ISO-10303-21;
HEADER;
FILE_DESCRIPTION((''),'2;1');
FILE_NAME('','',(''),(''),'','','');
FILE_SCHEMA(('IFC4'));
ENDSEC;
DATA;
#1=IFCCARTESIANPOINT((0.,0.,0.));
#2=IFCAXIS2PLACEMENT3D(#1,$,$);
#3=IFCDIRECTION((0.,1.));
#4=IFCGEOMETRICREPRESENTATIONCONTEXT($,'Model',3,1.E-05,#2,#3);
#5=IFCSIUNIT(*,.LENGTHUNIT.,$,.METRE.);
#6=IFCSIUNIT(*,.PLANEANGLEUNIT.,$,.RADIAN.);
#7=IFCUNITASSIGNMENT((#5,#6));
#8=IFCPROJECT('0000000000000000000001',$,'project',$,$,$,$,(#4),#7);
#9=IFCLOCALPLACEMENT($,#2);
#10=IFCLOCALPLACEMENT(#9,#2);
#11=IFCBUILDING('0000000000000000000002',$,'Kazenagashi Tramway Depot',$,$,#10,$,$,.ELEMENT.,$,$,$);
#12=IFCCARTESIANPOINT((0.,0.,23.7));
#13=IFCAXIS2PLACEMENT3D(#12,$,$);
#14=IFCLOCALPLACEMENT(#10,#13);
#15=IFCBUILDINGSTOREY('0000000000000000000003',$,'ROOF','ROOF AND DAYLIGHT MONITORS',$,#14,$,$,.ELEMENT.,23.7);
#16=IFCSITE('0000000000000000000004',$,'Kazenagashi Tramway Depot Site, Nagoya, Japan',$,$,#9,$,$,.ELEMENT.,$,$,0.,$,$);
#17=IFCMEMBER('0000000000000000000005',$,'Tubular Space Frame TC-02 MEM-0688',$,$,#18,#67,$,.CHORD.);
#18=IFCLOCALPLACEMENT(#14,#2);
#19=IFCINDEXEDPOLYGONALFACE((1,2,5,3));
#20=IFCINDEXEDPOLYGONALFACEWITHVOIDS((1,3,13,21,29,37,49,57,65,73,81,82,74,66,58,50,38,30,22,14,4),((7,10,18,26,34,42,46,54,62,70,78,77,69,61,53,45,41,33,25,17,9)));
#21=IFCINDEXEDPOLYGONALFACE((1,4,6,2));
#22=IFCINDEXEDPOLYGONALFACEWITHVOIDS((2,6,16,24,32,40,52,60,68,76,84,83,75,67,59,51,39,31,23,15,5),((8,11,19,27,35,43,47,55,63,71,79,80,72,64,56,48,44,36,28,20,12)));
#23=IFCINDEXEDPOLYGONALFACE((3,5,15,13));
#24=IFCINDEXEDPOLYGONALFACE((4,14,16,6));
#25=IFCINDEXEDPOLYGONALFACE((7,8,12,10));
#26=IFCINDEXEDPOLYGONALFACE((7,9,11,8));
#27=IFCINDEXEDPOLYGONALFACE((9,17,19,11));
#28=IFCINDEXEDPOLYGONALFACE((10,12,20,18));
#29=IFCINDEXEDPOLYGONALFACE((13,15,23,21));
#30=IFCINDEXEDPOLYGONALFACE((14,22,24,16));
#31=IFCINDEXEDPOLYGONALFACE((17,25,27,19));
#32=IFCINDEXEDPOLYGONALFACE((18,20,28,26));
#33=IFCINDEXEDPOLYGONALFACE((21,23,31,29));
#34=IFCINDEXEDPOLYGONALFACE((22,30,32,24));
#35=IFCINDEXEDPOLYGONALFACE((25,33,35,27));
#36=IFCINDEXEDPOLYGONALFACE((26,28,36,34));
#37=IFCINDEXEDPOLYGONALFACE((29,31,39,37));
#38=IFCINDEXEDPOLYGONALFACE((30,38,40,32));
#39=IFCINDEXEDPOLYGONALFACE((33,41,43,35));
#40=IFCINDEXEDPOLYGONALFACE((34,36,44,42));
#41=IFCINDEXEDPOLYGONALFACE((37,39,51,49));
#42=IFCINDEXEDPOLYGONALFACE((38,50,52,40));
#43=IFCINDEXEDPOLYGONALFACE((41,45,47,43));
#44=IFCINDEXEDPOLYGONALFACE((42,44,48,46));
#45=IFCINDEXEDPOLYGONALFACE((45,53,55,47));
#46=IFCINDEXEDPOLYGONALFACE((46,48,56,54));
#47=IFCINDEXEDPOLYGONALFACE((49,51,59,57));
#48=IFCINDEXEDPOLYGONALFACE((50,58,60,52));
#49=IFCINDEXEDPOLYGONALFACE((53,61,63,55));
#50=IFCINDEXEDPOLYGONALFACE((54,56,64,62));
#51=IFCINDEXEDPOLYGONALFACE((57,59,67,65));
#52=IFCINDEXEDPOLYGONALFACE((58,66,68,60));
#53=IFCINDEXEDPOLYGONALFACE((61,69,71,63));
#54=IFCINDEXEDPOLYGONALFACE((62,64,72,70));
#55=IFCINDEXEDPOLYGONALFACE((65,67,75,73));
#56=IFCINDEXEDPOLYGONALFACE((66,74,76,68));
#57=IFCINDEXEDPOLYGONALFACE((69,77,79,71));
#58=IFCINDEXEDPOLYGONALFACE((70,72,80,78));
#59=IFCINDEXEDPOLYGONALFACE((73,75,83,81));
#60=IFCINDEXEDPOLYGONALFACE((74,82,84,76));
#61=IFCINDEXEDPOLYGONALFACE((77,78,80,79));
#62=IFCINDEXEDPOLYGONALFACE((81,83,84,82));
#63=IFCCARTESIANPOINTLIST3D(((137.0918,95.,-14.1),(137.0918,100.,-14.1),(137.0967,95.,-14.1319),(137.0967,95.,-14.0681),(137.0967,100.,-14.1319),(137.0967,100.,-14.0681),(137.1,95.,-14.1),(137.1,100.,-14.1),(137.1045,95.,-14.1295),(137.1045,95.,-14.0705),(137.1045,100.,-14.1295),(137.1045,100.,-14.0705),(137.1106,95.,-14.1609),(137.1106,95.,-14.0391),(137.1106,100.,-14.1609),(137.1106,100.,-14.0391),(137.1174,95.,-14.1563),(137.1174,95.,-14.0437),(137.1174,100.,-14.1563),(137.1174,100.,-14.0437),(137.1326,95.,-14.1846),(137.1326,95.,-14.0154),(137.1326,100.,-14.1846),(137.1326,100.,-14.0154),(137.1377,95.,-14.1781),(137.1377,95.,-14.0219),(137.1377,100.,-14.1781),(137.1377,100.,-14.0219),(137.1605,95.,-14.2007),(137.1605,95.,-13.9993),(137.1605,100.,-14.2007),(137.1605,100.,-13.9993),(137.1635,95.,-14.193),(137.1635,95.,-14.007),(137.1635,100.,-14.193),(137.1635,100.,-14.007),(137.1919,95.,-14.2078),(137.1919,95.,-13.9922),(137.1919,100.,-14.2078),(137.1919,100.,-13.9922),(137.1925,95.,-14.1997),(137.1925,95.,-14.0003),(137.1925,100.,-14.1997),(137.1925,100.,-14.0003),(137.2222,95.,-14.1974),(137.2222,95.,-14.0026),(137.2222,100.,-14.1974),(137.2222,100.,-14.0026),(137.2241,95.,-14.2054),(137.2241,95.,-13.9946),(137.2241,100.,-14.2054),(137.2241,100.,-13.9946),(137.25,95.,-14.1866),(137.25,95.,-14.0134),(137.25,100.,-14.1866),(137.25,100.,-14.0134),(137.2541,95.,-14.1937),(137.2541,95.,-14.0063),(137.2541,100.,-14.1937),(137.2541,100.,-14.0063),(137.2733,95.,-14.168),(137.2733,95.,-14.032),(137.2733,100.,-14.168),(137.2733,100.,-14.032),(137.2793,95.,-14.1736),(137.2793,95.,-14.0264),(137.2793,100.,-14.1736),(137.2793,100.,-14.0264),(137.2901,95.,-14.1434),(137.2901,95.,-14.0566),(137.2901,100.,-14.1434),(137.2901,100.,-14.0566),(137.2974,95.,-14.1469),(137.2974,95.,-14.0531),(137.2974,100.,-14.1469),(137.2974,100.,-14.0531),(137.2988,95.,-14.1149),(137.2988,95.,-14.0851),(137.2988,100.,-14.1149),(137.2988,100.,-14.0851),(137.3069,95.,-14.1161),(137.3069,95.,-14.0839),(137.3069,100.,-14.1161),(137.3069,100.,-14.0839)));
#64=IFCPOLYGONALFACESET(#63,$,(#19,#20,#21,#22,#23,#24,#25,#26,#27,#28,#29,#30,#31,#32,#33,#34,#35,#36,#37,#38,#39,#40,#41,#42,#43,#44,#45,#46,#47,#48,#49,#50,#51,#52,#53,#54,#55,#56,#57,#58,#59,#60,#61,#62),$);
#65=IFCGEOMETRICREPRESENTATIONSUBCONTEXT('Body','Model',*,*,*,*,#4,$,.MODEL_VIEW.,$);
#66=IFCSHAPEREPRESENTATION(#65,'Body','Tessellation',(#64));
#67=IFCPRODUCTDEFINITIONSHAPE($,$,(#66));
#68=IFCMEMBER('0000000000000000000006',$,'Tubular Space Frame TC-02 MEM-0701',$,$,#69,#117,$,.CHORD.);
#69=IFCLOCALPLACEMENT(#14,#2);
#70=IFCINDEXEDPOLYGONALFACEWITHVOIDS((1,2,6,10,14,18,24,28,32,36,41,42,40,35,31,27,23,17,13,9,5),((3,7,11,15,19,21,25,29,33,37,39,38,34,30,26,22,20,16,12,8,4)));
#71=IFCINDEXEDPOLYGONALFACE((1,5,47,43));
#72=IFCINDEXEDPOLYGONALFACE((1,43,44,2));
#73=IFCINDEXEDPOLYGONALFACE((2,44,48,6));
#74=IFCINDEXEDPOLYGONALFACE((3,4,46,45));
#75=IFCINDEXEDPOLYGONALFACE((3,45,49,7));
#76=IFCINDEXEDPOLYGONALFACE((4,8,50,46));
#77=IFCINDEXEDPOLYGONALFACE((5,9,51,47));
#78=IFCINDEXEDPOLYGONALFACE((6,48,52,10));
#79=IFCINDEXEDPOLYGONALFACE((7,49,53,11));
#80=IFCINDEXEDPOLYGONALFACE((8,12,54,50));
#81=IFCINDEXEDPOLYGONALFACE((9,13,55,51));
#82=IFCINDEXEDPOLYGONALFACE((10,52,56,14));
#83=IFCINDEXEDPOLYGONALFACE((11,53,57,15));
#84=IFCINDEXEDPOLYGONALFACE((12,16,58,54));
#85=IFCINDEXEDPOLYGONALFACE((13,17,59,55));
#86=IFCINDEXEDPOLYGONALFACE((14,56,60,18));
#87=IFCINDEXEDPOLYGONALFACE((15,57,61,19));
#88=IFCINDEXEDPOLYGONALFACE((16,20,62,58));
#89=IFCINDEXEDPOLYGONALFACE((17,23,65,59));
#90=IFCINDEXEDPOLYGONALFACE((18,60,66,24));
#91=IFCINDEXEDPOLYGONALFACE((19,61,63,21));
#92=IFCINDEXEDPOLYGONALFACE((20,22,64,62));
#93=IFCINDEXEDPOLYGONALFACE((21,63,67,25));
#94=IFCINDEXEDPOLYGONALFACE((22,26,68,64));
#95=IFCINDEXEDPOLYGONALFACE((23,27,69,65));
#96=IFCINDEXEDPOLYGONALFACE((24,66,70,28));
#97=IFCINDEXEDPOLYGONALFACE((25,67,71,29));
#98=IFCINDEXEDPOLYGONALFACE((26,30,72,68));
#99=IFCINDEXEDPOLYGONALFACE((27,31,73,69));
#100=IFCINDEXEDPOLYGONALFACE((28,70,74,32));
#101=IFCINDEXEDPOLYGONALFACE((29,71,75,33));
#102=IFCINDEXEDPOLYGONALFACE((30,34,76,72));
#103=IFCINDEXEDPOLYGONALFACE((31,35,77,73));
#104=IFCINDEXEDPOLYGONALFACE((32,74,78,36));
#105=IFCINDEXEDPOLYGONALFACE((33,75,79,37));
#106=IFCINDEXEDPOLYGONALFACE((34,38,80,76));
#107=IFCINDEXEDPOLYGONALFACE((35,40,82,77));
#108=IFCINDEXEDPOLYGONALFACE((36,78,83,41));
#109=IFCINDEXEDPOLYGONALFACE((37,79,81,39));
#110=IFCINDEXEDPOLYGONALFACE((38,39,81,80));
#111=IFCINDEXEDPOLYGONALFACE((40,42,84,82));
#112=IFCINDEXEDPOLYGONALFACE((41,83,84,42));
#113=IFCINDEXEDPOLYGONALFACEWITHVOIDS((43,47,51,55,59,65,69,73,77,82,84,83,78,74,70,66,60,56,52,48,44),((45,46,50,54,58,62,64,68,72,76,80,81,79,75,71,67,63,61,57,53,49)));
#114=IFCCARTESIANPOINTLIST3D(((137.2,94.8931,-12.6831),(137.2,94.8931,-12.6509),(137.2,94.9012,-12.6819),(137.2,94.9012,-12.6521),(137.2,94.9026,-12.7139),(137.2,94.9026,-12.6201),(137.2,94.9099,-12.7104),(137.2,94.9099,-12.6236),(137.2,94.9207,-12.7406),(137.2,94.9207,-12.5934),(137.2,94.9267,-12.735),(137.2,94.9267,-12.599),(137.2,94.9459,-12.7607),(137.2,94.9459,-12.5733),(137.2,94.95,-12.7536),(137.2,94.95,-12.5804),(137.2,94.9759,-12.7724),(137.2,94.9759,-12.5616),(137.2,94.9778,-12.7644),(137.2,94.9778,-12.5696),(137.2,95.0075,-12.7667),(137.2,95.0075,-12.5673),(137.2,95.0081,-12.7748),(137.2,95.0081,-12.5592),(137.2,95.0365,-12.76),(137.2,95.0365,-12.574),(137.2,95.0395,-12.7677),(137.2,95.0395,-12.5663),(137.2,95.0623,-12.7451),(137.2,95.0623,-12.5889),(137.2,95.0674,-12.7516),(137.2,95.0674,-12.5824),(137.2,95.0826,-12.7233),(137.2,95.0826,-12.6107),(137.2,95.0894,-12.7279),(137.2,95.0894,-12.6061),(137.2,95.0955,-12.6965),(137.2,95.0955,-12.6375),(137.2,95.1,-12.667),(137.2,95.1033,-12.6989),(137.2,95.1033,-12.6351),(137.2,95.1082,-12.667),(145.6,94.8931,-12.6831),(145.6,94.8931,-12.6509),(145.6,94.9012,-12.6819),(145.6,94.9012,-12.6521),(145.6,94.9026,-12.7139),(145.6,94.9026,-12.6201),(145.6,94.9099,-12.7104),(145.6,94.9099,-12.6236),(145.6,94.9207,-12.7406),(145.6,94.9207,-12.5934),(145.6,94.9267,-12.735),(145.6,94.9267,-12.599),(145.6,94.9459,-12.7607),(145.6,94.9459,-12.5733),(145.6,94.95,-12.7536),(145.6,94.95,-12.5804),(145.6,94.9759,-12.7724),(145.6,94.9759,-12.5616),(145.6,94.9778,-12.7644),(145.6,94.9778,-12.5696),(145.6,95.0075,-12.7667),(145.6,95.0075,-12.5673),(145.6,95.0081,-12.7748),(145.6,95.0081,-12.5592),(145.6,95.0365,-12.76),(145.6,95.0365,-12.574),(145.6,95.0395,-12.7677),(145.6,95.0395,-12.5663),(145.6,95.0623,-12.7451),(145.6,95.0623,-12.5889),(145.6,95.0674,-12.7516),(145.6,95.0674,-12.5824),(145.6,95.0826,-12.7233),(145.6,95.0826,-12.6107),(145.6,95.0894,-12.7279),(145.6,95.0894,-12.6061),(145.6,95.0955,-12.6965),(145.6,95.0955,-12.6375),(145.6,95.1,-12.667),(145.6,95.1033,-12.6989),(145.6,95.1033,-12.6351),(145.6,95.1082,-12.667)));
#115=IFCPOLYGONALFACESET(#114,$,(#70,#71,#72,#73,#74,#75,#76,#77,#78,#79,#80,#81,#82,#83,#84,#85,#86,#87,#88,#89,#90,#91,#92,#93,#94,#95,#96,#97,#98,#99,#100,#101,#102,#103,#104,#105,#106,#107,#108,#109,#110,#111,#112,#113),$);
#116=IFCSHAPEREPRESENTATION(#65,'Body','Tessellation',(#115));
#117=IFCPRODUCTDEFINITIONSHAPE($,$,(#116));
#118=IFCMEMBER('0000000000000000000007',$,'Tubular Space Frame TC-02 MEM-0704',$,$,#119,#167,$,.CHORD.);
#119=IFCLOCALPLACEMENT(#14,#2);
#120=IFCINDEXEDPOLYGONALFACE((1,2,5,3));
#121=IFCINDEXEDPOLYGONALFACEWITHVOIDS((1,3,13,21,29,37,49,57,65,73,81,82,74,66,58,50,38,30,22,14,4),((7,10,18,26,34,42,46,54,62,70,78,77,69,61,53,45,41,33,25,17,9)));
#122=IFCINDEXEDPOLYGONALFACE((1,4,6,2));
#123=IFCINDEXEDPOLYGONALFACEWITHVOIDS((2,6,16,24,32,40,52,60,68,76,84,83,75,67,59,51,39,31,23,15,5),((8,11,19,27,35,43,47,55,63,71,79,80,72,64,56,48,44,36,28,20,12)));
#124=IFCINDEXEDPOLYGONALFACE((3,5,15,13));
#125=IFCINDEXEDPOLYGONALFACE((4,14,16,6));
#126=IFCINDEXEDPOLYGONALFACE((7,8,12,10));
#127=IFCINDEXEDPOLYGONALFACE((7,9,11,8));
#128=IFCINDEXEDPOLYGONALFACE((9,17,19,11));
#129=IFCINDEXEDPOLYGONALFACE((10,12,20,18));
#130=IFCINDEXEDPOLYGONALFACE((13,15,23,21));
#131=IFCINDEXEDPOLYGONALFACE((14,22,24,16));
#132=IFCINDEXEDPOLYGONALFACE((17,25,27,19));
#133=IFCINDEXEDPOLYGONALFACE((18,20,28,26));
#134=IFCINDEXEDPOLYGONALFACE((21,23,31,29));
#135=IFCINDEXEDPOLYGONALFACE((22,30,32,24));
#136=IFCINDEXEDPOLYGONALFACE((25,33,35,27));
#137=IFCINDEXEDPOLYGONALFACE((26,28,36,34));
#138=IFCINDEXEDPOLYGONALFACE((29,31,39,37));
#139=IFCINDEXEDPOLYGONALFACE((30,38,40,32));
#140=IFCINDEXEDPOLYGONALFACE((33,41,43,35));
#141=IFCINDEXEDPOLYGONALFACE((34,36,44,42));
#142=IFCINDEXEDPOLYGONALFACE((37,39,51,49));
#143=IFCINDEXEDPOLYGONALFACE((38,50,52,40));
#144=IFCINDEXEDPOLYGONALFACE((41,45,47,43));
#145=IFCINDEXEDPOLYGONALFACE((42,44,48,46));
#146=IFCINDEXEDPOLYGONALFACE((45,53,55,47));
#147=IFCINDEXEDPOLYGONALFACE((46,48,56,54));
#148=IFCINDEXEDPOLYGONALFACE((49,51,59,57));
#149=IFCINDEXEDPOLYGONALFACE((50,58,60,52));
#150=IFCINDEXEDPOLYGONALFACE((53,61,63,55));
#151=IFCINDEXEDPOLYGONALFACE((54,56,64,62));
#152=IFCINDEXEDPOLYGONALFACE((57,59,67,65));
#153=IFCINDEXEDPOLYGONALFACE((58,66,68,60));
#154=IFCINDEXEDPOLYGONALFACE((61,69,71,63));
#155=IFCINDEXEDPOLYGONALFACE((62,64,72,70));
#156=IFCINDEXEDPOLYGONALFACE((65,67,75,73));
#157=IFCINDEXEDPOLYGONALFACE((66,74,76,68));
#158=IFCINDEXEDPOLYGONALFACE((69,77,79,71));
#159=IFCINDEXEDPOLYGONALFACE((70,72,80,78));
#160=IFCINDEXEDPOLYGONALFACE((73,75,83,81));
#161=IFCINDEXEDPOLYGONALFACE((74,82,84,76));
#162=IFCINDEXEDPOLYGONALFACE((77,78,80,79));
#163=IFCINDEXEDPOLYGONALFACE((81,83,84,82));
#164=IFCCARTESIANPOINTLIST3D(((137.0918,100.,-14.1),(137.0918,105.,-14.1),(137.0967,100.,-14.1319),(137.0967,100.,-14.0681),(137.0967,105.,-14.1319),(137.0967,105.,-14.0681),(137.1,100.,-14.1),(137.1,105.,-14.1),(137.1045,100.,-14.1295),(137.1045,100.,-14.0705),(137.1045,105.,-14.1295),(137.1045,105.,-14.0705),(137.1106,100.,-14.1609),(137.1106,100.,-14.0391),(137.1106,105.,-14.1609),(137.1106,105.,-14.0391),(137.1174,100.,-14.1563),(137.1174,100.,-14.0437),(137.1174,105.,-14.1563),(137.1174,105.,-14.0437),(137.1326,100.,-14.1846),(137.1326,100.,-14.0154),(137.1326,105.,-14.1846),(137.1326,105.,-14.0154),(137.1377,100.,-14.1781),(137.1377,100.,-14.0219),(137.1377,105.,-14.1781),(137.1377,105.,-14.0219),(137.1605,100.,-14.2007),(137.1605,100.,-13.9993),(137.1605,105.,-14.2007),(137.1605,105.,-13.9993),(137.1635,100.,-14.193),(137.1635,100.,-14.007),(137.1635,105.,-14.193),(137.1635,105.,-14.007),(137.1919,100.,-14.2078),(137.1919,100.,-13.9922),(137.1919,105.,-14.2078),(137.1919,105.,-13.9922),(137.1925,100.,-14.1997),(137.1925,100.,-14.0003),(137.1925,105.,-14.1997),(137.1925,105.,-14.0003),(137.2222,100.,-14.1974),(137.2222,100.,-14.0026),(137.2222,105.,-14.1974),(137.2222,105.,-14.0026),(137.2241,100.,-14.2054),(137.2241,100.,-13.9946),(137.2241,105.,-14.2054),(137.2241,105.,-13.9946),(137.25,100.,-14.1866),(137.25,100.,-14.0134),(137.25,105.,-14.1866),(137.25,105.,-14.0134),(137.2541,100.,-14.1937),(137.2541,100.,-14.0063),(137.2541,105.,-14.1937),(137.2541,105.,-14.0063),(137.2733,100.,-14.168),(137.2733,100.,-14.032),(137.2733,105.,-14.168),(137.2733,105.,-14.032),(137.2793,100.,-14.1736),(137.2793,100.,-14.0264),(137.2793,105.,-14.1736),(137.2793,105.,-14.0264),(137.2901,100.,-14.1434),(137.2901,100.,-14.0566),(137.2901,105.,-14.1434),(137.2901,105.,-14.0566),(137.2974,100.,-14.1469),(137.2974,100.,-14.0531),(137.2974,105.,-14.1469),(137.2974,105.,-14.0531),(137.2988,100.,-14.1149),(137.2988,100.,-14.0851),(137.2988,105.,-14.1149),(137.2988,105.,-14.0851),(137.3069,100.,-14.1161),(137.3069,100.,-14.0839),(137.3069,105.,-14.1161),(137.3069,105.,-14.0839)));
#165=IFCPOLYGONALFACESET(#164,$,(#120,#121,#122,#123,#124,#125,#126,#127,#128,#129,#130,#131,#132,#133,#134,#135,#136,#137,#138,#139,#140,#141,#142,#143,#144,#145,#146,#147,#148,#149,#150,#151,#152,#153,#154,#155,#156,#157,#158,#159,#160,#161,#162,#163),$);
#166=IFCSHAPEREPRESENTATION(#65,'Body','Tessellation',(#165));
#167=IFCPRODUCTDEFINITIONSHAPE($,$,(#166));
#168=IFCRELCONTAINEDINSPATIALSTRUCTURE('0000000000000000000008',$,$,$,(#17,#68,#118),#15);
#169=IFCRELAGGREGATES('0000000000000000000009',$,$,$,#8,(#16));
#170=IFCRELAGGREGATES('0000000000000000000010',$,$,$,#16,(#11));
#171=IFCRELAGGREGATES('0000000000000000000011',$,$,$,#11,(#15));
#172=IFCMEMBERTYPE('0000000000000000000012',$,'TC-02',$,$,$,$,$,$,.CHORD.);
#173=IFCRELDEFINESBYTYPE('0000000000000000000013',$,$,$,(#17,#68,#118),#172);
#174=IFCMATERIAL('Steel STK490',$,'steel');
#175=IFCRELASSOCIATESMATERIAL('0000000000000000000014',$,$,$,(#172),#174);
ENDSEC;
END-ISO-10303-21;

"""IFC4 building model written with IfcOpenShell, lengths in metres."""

from ifc_helpers import new_model, si_unit, direction, frame, origin, origin_2d, place, context, subcontext, project, spatial, hollow_circle, extrude, material, material_profile, profile_set, type_object, element, save


model = new_model("IFC4")

# Units and contexts
model_context = context("Model", 3, precision=1e-05, world=origin(), true_north=direction((0.0, 1.0)))
body_context = subcontext(model_context, "Body", "Model", "MODEL_VIEW")
ifc_project = project(units=[si_unit("LENGTHUNIT", "METRE"), si_unit("PLANEANGLEUNIT", "RADIAN")], contexts=[model_context])

# Site, building, storey
site_placement = place(None, origin())
site = spatial("IfcSite", under=ifc_project, at=site_placement, Name="Kazenagashi Tramway Depot Site, Nagoya, Japan", CompositionType="ELEMENT", RefElevation=0.0)
building_placement = place(site_placement, origin())
building = spatial("IfcBuilding", under=site, at=building_placement, Name="Kazenagashi Tramway Depot", CompositionType="ELEMENT")
storey_placement = place(building_placement, frame((0.0, 0.0, 23.7)))
storey = spatial("IfcBuildingStorey", under=building, at=storey_placement, Name="ROOF", Description="ROOF AND DAYLIGHT MONITORS", CompositionType="ELEMENT", Elevation=23.7)

# Members
ifc_material_1 = material(Name="Steel STK490", Category="steel")
ifc_material_profile_1 = material_profile(ifc_material_1, hollow_circle(Radius=0.1081, WallThickness=0.0082, at=origin_2d()), Name="CHS-216.3x8.2")
ifc_profile_set_1 = profile_set([ifc_material_profile_1], Name="Steel STK490")
member_type_1 = type_object("IfcMemberType", Name="TC-02", PredefinedType="CHORD", material=ifc_profile_set_1)
for number, where, z_axis, x_axis, name in (
    (1, (137.2, 95.0, -14.1), (0.0, 1.0, 0.0), (-1.0, 0.0, 0.0), "Tubular Space Frame TC-02 MEM-0688"),
):
    element("IfcMember", number, at=place(storey_placement, frame(where, z_axis=z_axis, x_axis=x_axis)), inside=storey, type_object=member_type_1, Name=name, PredefinedType="CHORD", context=body_context, shape_type="SweptSolid", body=[
        extrude(hollow_circle(Radius=0.1081, WallThickness=0.0082, at=origin_2d()), origin(), (0.0, 0.0, 1.0), 5.0),
    ])
member_1_placement = place(storey_placement, frame((137.2, 95.0, -12.667), z_axis=(1.0, 0.0, 0.0), x_axis=(0.0, 1.0, 0.0)))
element("IfcMember", 2, at=member_1_placement, inside=storey, type_object=member_type_1, Name="Tubular Space Frame TC-02 MEM-0701", PredefinedType="CHORD", context=body_context, shape_type="SweptSolid", body=[
    extrude(hollow_circle(Radius=0.1081, WallThickness=0.0082, at=origin_2d()), origin(), (0.0, 0.0, 1.0), 8.4),
])
for number, where, z_axis, x_axis, name in (
    (3, (137.2, 100.0, -14.1), (0.0, 1.0, 0.0), (-1.0, 0.0, 0.0), "Tubular Space Frame TC-02 MEM-0704"),
):
    element("IfcMember", number, at=place(storey_placement, frame(where, z_axis=z_axis, x_axis=x_axis)), inside=storey, type_object=member_type_1, Name=name, PredefinedType="CHORD", context=body_context, shape_type="SweptSolid", body=[
        extrude(hollow_circle(Radius=0.1081, WallThickness=0.0082, at=origin_2d()), origin(), (0.0, 0.0, 1.0), 5.0),
    ])

save(model, "model.ifc")
